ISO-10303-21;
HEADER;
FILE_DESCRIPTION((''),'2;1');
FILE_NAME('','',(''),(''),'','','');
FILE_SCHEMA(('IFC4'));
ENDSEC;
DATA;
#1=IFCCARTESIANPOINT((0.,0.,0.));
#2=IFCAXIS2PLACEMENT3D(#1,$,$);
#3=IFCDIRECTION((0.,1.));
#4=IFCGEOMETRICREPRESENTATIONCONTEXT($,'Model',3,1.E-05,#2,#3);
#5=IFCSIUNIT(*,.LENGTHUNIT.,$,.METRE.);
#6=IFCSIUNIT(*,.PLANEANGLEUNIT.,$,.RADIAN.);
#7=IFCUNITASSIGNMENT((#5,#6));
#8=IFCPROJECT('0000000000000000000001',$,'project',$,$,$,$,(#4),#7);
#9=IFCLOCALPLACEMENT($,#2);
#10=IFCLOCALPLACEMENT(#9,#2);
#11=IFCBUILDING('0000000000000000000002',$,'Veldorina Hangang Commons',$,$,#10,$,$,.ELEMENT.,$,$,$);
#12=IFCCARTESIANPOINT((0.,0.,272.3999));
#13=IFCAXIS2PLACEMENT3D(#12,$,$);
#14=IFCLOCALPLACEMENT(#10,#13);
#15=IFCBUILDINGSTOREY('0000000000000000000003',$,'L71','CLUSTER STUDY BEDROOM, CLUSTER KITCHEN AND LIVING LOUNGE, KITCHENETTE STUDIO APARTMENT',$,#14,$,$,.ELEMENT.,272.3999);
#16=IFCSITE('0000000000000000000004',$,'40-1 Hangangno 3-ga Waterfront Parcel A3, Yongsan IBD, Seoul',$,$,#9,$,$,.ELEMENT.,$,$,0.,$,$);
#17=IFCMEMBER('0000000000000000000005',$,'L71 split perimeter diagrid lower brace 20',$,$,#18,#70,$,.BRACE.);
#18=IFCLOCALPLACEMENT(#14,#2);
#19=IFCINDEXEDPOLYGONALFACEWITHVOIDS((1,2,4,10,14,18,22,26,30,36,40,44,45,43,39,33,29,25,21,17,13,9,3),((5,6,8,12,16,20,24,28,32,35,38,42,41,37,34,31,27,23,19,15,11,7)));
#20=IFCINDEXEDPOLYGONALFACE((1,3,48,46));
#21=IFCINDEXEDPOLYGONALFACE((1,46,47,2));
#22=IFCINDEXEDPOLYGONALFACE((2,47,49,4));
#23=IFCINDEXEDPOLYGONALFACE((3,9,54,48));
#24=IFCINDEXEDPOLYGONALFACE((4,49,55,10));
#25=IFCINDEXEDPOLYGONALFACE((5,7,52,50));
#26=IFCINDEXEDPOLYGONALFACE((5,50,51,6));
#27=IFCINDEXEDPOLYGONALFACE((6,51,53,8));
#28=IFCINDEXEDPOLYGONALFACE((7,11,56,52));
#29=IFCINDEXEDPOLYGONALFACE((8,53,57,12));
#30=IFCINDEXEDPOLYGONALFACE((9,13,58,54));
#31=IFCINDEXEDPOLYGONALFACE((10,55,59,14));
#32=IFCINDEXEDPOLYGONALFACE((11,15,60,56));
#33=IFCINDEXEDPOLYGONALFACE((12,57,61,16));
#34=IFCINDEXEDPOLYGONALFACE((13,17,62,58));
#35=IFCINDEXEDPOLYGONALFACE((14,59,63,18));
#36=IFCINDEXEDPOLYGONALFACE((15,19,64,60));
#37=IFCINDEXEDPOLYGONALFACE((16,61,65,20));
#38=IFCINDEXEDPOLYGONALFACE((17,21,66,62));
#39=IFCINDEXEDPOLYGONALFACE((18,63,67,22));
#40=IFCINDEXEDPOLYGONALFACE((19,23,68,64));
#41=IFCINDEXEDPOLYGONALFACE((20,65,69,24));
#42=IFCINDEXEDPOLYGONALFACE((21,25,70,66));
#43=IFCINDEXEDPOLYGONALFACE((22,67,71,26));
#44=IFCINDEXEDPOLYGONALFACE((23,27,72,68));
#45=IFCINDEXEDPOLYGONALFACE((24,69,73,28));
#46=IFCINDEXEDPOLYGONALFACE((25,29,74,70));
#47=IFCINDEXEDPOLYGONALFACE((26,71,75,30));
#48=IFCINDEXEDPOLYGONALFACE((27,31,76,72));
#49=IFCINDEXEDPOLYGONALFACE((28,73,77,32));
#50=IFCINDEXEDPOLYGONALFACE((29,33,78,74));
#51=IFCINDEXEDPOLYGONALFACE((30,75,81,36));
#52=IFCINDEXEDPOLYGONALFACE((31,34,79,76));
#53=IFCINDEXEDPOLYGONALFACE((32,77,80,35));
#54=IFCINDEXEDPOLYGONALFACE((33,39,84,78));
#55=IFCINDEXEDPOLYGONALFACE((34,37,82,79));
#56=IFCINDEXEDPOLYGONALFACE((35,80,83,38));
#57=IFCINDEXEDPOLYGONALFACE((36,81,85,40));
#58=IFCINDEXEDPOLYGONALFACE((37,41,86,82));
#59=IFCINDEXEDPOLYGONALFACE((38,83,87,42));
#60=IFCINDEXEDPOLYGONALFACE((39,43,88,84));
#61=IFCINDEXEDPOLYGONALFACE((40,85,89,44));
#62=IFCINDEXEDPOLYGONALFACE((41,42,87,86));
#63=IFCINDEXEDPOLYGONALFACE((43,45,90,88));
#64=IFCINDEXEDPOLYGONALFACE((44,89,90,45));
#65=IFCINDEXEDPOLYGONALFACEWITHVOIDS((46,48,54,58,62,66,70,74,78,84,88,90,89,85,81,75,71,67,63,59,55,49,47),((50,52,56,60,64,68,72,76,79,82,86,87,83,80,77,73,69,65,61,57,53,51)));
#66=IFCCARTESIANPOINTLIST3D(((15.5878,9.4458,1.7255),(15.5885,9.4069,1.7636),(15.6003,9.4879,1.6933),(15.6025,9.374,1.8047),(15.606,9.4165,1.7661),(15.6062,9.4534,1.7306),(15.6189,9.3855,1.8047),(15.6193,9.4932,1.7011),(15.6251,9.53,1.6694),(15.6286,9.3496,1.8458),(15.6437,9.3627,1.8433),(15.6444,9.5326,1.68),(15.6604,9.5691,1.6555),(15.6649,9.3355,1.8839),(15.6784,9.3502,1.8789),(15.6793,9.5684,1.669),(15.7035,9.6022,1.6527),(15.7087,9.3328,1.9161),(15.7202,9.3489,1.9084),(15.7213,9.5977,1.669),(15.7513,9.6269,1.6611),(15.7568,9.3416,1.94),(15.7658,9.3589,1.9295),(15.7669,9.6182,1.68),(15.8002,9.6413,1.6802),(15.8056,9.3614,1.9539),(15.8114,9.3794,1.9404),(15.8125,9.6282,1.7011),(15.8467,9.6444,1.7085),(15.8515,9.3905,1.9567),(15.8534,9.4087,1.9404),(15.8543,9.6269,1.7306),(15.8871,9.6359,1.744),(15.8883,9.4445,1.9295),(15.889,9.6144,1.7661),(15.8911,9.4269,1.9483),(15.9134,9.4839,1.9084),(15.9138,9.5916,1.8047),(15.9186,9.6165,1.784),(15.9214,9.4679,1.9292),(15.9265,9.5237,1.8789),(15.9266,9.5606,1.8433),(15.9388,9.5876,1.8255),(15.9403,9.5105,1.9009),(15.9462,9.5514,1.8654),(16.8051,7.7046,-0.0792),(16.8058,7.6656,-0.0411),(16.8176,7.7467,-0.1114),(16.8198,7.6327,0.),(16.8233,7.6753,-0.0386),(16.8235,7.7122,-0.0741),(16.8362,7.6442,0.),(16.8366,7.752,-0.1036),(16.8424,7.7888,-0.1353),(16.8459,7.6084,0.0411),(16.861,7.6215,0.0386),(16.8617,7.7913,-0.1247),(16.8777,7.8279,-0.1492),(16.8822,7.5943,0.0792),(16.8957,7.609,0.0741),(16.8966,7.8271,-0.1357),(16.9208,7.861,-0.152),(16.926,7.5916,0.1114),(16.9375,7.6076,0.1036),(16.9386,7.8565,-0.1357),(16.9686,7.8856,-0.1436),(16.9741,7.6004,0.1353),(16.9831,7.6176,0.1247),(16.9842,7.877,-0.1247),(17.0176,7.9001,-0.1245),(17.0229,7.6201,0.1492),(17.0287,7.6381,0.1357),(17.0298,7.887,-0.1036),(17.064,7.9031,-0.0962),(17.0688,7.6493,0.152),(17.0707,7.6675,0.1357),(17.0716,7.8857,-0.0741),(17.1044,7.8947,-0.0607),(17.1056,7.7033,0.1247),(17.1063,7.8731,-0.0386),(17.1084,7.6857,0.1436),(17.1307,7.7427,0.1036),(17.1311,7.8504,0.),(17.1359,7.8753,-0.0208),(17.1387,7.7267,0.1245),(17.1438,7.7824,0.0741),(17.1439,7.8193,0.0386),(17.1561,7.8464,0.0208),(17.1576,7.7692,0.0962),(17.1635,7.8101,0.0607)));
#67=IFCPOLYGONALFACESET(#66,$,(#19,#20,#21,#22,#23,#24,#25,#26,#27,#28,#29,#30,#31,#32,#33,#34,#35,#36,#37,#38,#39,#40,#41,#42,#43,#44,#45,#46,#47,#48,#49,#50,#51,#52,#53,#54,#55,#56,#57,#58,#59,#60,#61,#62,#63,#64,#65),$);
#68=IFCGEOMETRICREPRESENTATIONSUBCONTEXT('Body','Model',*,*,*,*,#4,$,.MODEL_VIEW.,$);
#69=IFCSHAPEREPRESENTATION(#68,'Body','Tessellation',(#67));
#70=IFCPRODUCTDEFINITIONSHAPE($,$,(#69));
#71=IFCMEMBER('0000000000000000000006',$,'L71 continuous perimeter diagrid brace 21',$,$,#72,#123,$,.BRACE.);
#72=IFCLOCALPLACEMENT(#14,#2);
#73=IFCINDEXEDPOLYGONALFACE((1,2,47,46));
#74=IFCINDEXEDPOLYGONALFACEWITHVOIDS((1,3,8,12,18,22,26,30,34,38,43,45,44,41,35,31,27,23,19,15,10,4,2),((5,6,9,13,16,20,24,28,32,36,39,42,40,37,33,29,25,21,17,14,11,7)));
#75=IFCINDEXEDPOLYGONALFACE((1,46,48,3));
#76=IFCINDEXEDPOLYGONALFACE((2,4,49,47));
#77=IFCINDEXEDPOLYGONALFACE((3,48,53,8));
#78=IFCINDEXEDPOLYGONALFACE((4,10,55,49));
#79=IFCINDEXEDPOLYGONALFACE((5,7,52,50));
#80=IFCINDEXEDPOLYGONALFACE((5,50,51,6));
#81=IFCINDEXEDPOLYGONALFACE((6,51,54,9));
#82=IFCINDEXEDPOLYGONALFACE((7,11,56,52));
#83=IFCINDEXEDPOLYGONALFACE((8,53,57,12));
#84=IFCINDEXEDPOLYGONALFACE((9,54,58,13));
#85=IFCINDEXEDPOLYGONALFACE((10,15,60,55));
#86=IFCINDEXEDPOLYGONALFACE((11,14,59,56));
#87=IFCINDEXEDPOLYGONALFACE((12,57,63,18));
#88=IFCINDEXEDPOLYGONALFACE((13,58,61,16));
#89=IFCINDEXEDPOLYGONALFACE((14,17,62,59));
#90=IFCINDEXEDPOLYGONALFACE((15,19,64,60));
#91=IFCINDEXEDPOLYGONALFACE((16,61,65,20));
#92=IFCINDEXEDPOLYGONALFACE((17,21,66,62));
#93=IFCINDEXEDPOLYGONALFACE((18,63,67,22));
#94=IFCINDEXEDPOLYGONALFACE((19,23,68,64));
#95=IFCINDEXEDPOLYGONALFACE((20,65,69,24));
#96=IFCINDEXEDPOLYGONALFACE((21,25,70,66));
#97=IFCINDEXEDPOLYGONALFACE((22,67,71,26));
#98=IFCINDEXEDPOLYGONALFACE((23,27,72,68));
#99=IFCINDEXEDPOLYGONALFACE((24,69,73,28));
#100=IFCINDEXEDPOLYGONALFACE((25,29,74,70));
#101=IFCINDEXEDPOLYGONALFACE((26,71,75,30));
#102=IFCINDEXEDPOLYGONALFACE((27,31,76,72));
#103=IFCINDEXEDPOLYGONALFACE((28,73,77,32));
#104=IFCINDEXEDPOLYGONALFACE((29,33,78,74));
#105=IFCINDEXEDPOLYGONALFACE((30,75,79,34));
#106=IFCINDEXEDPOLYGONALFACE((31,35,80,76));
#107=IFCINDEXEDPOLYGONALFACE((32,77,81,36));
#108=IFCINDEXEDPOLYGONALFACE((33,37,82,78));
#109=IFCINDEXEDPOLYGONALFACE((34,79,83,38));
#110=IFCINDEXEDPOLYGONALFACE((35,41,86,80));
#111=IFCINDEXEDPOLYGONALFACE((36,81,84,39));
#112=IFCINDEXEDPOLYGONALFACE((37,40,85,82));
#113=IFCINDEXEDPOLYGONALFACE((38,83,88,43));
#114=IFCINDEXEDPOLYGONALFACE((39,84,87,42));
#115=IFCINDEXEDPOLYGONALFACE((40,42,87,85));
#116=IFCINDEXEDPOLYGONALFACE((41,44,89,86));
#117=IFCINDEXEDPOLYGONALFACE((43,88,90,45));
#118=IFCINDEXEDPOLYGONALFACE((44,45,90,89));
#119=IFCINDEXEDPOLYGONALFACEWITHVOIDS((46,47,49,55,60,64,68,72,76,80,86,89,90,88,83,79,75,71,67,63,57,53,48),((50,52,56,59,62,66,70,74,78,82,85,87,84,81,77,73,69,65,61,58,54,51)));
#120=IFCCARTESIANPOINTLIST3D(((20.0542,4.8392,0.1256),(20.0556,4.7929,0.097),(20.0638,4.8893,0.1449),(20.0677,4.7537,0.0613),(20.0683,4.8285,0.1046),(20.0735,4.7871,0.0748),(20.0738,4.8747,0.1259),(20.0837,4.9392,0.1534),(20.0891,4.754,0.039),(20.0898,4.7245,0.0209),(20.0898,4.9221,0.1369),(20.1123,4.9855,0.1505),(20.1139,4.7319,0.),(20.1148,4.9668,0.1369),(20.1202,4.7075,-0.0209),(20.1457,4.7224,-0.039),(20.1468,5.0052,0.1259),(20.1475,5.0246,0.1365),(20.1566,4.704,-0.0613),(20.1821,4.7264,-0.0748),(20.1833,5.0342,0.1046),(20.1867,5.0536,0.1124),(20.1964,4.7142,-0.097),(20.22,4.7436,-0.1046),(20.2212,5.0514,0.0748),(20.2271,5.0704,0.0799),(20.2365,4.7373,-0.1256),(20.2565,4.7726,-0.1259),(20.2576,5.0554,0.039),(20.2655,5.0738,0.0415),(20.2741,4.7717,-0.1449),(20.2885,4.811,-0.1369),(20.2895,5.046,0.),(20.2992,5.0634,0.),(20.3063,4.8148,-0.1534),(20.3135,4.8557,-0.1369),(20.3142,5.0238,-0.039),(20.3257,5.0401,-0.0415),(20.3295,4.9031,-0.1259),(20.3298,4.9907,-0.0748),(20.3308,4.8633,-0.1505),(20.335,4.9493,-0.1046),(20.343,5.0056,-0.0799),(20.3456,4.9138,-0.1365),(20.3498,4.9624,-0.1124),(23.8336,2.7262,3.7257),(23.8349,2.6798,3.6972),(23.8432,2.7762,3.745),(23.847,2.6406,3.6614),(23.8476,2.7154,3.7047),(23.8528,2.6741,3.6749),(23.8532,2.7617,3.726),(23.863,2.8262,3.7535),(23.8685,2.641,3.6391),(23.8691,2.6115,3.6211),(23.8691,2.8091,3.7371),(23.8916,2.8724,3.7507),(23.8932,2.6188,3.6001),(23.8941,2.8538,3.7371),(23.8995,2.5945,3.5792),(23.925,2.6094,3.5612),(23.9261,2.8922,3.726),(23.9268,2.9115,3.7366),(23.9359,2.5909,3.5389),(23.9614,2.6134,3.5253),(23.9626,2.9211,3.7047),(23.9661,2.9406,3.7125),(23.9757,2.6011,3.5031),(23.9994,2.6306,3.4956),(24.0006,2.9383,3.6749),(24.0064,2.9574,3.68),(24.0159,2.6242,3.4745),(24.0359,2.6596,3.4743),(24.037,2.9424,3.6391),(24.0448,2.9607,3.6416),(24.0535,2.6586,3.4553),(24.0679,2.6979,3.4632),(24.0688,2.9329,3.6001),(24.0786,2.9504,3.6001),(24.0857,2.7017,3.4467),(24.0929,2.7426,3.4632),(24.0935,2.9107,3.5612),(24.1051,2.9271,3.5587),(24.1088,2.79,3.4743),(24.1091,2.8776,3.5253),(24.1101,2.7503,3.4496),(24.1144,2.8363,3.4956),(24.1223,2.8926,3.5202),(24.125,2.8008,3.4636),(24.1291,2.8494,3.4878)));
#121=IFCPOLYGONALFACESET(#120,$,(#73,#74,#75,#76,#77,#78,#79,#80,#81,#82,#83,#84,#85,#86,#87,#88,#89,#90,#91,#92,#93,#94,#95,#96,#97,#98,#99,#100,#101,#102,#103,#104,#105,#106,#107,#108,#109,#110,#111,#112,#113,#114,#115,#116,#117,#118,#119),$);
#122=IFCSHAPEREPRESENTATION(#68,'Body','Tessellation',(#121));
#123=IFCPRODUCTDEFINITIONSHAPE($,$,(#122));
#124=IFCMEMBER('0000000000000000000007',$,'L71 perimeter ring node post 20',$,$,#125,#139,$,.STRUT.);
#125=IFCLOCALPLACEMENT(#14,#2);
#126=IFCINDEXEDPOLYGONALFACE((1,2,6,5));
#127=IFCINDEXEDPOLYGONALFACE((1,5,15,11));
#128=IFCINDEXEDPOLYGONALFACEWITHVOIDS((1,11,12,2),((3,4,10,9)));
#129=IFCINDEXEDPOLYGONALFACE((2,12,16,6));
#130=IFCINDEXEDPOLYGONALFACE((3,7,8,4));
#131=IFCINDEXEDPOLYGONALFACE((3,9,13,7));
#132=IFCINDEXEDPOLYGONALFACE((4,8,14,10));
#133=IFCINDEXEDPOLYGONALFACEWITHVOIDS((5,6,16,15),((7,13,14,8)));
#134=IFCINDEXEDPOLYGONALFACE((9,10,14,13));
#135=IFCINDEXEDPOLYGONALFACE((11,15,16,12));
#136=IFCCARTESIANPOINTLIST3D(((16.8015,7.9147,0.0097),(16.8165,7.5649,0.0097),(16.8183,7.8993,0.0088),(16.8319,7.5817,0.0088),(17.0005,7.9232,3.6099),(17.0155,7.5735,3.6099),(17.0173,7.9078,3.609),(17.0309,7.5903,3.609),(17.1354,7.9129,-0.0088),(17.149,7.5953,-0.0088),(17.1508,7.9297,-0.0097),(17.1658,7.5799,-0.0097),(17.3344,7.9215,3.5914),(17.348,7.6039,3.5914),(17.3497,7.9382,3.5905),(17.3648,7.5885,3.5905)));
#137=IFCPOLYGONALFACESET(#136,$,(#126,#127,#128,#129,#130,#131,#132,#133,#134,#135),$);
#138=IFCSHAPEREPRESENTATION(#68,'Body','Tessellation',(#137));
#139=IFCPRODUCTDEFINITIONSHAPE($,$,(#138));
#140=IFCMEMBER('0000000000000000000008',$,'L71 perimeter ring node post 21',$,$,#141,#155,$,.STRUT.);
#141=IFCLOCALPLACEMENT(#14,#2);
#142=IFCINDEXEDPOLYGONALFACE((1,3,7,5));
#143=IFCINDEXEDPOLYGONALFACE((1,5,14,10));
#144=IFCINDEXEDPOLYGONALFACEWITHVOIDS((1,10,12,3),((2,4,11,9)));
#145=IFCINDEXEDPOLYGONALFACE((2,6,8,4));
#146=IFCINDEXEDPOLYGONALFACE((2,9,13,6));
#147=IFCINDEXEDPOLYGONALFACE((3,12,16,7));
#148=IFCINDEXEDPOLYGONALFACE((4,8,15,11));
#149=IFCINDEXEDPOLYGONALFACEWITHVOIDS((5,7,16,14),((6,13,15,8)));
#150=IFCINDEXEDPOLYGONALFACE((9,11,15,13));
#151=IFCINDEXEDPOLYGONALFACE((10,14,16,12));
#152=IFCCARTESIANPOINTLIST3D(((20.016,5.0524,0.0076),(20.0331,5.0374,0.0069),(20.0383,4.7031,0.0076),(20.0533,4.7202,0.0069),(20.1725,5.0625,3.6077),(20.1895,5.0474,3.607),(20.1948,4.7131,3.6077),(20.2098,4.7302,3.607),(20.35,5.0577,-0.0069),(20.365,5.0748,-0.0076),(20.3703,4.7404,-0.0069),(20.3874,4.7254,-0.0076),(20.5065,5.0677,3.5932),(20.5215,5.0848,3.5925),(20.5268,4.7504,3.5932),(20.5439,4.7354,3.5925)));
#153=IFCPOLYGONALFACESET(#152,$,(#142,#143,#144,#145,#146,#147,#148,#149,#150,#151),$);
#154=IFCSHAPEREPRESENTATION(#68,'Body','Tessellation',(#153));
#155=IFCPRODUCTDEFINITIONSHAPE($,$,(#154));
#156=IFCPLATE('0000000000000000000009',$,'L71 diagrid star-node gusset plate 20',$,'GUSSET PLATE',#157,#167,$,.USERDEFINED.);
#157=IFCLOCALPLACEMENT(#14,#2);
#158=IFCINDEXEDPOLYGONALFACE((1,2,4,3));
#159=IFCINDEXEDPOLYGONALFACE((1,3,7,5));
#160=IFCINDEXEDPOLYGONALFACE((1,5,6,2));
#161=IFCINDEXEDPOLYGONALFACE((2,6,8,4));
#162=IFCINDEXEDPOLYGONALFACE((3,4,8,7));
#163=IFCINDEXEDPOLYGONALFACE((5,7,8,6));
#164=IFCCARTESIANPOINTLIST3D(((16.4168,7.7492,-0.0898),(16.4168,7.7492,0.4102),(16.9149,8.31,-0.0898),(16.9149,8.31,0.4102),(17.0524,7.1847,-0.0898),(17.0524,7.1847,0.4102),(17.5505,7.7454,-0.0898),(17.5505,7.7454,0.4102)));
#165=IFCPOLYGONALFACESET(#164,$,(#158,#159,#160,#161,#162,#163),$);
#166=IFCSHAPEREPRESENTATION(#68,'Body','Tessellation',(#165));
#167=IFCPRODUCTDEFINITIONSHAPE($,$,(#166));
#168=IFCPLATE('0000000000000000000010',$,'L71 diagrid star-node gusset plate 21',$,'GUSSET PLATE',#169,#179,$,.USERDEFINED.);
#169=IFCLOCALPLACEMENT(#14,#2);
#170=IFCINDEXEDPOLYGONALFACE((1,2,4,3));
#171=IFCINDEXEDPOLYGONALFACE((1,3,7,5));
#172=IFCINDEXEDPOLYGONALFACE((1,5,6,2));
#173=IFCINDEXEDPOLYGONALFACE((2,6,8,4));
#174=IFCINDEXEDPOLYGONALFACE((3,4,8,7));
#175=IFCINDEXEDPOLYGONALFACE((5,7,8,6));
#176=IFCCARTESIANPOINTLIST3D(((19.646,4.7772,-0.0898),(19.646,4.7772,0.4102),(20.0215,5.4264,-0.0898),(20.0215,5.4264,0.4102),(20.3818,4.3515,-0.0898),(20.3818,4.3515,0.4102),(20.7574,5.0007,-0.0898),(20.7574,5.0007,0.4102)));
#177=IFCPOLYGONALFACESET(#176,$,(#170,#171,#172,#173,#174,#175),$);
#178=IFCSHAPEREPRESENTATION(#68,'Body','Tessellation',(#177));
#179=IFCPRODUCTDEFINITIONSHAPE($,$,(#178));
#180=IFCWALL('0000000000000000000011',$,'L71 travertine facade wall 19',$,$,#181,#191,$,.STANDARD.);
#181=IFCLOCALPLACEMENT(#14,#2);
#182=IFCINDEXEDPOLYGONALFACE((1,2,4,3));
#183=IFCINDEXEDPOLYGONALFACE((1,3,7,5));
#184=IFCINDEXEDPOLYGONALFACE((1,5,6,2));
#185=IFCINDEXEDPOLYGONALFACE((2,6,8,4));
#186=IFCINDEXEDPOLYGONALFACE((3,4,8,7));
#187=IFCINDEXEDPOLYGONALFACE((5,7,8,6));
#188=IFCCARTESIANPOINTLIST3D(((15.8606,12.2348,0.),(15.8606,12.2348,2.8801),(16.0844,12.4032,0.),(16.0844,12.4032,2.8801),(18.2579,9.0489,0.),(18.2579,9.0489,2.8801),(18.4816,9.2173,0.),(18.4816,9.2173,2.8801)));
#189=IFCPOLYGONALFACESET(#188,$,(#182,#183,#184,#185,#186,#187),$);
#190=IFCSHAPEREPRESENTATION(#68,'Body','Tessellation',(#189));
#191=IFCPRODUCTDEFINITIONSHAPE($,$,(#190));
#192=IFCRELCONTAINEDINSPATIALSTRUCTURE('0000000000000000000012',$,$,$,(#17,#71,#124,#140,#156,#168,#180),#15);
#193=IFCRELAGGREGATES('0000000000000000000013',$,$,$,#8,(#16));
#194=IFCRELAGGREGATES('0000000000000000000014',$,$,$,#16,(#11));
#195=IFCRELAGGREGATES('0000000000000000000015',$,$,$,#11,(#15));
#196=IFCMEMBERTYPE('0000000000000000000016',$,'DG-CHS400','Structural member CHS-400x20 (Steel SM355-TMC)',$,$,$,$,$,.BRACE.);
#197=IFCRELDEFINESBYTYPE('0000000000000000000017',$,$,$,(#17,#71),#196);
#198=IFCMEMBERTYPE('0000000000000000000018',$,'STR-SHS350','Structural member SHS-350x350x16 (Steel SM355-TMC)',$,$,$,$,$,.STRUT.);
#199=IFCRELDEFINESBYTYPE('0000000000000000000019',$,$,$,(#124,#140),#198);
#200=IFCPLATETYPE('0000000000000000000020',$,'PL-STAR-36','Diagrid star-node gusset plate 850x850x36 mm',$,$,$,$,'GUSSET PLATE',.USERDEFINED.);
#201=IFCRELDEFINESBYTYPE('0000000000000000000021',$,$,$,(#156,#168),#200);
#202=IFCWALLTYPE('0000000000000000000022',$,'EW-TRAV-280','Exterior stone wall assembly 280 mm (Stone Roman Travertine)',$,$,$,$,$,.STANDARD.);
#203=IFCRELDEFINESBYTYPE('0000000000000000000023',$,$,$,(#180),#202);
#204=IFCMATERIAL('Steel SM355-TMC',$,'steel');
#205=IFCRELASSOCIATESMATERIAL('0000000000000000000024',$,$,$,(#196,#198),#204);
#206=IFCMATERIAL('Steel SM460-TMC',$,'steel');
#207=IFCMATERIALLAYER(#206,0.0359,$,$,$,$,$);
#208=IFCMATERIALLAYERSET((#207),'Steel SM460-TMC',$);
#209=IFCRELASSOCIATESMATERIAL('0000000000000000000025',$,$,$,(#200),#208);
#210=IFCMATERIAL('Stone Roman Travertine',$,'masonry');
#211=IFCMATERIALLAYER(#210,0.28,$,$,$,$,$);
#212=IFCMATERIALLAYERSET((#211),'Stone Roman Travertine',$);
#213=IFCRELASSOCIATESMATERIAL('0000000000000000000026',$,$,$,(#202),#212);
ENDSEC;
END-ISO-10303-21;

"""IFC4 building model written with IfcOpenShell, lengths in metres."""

from ifc_helpers import new_model, si_unit, direction, frame, frame_2d, origin, origin_2d, place, context, subcontext, project, spatial, rectangle, hollow_rectangle, hollow_circle, extrude, material, layer, layer_set, material_profile, profile_set, type_object, element, save


model = new_model("IFC4")

# Units and contexts
model_context = context("Model", 3, precision=1e-05, world=origin(), true_north=direction((0.0, 1.0)))
body_context = subcontext(model_context, "Body", "Model", "MODEL_VIEW")
ifc_project = project(units=[si_unit("LENGTHUNIT", "METRE"), si_unit("PLANEANGLEUNIT", "RADIAN")], contexts=[model_context])

# Site, building, storey
site_placement = place(None, origin())
site = spatial("IfcSite", under=ifc_project, at=site_placement, Name="40-1 Hangangno 3-ga Waterfront Parcel A3, Yongsan IBD, Seoul", CompositionType="ELEMENT", RefElevation=0.0)
building_placement = place(site_placement, origin())
building = spatial("IfcBuilding", under=site, at=building_placement, Name="Veldorina Hangang Commons", CompositionType="ELEMENT")
storey_placement = place(building_placement, frame((0.0, 0.0, 272.3999)))
storey = spatial("IfcBuildingStorey", under=building, at=storey_placement, Name="L71", Description="CLUSTER STUDY BEDROOM, CLUSTER KITCHEN AND LIVING LOUNGE, KITCHENETTE STUDIO APARTMENT", CompositionType="ELEMENT", Elevation=272.3999)

# Shared definitions
ifc_material_1 = material(Name="Steel SM355-TMC", Category="steel")

# Members
ifc_material_profile_1 = material_profile(ifc_material_1, hollow_circle(Radius=0.2, WallThickness=0.02, at=origin_2d()), Name="CHS-400x20")
ifc_profile_set_1 = profile_set([ifc_material_profile_1], Name="Steel SM355-TMC")
member_type_1 = type_object("IfcMemberType", Name="DG-CHS400", Description="Structural member CHS-400x20 (Steel SM355-TMC)", PredefinedType="BRACE", material=ifc_profile_set_1)
member_1_placement = place(storey_placement, frame((16.9836, 7.7473, 0.0), z_axis=(-0.436685, 0.624636, 0.647407), x_axis=(-0.819577, -0.572969, 0.0)))
element("IfcMember", 1, at=member_1_placement, inside=storey, type_object=member_type_1, Name="L71 split perimeter diagrid lower brace 20", PredefinedType="BRACE", context=body_context, shape_type="SweptSolid", body=[
    extrude(hollow_circle(Radius=0.2, WallThickness=0.02, at=origin_2d()), origin(), (0.0, 0.0, 1.0), 2.7876),
])
member_2_placement = place(storey_placement, frame((20.2017, 4.8889, 0.0), z_axis=(0.671153, -0.375248, 0.63933), x_axis=(0.488011, 0.872838, 0.0)))
element("IfcMember", 2, at=member_2_placement, inside=storey, type_object=member_type_1, Name="L71 continuous perimeter diagrid brace 21", PredefinedType="BRACE", context=body_context, shape_type="SweptSolid", body=[
    extrude(hollow_circle(Radius=0.2, WallThickness=0.02, at=origin_2d()), origin(), (0.0, 0.0, 1.0), 5.6311),
])
ifc_material_profile_2 = material_profile(ifc_material_1, hollow_rectangle(XDim=0.3501, YDim=0.3501, WallThickness=0.0161, at=origin_2d()), Name="SHS-350x350x16")
ifc_profile_set_2 = profile_set([ifc_material_profile_2], Name="Steel SM355-TMC")
member_type_2 = type_object("IfcMemberType", Name="STR-SHS350", Description="Structural member SHS-350x350x16 (Steel SM355-TMC)", PredefinedType="STRUT", material=ifc_profile_set_2)
member_3_placement = place(storey_placement, frame((16.9836, 7.7473, 0.0), z_axis=(0.055185, 0.00237, 0.998473), x_axis=(-0.042905, 0.999079, 0.0)))
element("IfcMember", 3, at=member_3_placement, inside=storey, type_object=member_type_2, Name="L71 perimeter ring node post 20", PredefinedType="STRUT", context=body_context, shape_type="SweptSolid", body=[
    extrude(hollow_rectangle(XDim=0.3501, YDim=0.3501, WallThickness=0.0161, at=origin_2d()), origin(), (0.0, 0.0, 1.0), 3.6057),
])
member_4_placement = place(storey_placement, frame((20.2017, 4.8889, 0.0), z_axis=(0.043428, 0.002778, 0.999053), x_axis=(-0.063832, 0.997961, 0.0)))
element("IfcMember", 4, at=member_4_placement, inside=storey, type_object=member_type_2, Name="L71 perimeter ring node post 21", PredefinedType="STRUT", context=body_context, shape_type="SweptSolid", body=[
    extrude(hollow_rectangle(XDim=0.3501, YDim=0.3501, WallThickness=0.0161, at=origin_2d()), origin(), (0.0, 0.0, 1.0), 3.6035),
])

# Plates
ifc_material_2 = material(Name="Steel SM460-TMC", Category="steel")
ifc_layer_1 = layer(ifc_material_2, 0.0359)
ifc_layer_set_1 = layer_set([ifc_layer_1], Name="Steel SM460-TMC")
plate_type = type_object("IfcPlateType", Name="PL-STAR-36", Description="Diagrid star-node gusset plate 850x850x36 mm", ElementType="GUSSET PLATE", PredefinedType="USERDEFINED", material=ifc_layer_set_1)
for number, where, z_axis, x_axis, name in (
    (5, (16.9836, 7.7473, -0.0898), (0.0, 0.0, 1.0), (0.747636, -0.664109, 0.0), "L71 diagrid star-node gusset plate 20"),
    (6, (20.2017, 4.8889, -0.0898), (0.0, 0.0, 1.0), (0.865589, -0.500756, 0.0), "L71 diagrid star-node gusset plate 21"),
):
    element("IfcPlate", number, at=place(storey_placement, frame(where, z_axis=z_axis, x_axis=x_axis)), inside=storey, type_object=plate_type, Name=name, ObjectType="GUSSET PLATE", PredefinedType="USERDEFINED", context=body_context, shape_type="SweptSolid", body=[
        extrude(rectangle(XDim=0.8501, YDim=0.75, at=origin_2d()), origin(), (0.0, 0.0, 1.0), 0.5),
    ])

# Wall
ifc_material_3 = material(Name="Stone Roman Travertine", Category="masonry")
ifc_layer_2 = layer(ifc_material_3, 0.28)
ifc_layer_set_2 = layer_set([ifc_layer_2], Name="Stone Roman Travertine")
wall_type_1 = type_object("IfcWallType", Name="EW-TRAV-280", Description="Exterior stone wall assembly 280 mm (Stone Roman Travertine)", PredefinedType="STANDARD", material=ifc_layer_set_2)
wall_1_placement = place(storey_placement, frame((15.9724, 12.3191, 0.0), z_axis=(0.0, 0.0, 1.0), x_axis=(0.601263, -0.799051, 0.0)))
element("IfcWall", 7, at=wall_1_placement, inside=storey, type_object=wall_type_1, Name="L71 travertine facade wall 19", PredefinedType="STANDARD", context=body_context, shape_type="SweptSolid", body=[
    extrude(rectangle(XDim=3.9871, YDim=0.28, at=frame_2d((1.9937, 0.0))), origin(), (0.0, 0.0, 1.0), 2.8801),
])

save(model, "model.ifc")
